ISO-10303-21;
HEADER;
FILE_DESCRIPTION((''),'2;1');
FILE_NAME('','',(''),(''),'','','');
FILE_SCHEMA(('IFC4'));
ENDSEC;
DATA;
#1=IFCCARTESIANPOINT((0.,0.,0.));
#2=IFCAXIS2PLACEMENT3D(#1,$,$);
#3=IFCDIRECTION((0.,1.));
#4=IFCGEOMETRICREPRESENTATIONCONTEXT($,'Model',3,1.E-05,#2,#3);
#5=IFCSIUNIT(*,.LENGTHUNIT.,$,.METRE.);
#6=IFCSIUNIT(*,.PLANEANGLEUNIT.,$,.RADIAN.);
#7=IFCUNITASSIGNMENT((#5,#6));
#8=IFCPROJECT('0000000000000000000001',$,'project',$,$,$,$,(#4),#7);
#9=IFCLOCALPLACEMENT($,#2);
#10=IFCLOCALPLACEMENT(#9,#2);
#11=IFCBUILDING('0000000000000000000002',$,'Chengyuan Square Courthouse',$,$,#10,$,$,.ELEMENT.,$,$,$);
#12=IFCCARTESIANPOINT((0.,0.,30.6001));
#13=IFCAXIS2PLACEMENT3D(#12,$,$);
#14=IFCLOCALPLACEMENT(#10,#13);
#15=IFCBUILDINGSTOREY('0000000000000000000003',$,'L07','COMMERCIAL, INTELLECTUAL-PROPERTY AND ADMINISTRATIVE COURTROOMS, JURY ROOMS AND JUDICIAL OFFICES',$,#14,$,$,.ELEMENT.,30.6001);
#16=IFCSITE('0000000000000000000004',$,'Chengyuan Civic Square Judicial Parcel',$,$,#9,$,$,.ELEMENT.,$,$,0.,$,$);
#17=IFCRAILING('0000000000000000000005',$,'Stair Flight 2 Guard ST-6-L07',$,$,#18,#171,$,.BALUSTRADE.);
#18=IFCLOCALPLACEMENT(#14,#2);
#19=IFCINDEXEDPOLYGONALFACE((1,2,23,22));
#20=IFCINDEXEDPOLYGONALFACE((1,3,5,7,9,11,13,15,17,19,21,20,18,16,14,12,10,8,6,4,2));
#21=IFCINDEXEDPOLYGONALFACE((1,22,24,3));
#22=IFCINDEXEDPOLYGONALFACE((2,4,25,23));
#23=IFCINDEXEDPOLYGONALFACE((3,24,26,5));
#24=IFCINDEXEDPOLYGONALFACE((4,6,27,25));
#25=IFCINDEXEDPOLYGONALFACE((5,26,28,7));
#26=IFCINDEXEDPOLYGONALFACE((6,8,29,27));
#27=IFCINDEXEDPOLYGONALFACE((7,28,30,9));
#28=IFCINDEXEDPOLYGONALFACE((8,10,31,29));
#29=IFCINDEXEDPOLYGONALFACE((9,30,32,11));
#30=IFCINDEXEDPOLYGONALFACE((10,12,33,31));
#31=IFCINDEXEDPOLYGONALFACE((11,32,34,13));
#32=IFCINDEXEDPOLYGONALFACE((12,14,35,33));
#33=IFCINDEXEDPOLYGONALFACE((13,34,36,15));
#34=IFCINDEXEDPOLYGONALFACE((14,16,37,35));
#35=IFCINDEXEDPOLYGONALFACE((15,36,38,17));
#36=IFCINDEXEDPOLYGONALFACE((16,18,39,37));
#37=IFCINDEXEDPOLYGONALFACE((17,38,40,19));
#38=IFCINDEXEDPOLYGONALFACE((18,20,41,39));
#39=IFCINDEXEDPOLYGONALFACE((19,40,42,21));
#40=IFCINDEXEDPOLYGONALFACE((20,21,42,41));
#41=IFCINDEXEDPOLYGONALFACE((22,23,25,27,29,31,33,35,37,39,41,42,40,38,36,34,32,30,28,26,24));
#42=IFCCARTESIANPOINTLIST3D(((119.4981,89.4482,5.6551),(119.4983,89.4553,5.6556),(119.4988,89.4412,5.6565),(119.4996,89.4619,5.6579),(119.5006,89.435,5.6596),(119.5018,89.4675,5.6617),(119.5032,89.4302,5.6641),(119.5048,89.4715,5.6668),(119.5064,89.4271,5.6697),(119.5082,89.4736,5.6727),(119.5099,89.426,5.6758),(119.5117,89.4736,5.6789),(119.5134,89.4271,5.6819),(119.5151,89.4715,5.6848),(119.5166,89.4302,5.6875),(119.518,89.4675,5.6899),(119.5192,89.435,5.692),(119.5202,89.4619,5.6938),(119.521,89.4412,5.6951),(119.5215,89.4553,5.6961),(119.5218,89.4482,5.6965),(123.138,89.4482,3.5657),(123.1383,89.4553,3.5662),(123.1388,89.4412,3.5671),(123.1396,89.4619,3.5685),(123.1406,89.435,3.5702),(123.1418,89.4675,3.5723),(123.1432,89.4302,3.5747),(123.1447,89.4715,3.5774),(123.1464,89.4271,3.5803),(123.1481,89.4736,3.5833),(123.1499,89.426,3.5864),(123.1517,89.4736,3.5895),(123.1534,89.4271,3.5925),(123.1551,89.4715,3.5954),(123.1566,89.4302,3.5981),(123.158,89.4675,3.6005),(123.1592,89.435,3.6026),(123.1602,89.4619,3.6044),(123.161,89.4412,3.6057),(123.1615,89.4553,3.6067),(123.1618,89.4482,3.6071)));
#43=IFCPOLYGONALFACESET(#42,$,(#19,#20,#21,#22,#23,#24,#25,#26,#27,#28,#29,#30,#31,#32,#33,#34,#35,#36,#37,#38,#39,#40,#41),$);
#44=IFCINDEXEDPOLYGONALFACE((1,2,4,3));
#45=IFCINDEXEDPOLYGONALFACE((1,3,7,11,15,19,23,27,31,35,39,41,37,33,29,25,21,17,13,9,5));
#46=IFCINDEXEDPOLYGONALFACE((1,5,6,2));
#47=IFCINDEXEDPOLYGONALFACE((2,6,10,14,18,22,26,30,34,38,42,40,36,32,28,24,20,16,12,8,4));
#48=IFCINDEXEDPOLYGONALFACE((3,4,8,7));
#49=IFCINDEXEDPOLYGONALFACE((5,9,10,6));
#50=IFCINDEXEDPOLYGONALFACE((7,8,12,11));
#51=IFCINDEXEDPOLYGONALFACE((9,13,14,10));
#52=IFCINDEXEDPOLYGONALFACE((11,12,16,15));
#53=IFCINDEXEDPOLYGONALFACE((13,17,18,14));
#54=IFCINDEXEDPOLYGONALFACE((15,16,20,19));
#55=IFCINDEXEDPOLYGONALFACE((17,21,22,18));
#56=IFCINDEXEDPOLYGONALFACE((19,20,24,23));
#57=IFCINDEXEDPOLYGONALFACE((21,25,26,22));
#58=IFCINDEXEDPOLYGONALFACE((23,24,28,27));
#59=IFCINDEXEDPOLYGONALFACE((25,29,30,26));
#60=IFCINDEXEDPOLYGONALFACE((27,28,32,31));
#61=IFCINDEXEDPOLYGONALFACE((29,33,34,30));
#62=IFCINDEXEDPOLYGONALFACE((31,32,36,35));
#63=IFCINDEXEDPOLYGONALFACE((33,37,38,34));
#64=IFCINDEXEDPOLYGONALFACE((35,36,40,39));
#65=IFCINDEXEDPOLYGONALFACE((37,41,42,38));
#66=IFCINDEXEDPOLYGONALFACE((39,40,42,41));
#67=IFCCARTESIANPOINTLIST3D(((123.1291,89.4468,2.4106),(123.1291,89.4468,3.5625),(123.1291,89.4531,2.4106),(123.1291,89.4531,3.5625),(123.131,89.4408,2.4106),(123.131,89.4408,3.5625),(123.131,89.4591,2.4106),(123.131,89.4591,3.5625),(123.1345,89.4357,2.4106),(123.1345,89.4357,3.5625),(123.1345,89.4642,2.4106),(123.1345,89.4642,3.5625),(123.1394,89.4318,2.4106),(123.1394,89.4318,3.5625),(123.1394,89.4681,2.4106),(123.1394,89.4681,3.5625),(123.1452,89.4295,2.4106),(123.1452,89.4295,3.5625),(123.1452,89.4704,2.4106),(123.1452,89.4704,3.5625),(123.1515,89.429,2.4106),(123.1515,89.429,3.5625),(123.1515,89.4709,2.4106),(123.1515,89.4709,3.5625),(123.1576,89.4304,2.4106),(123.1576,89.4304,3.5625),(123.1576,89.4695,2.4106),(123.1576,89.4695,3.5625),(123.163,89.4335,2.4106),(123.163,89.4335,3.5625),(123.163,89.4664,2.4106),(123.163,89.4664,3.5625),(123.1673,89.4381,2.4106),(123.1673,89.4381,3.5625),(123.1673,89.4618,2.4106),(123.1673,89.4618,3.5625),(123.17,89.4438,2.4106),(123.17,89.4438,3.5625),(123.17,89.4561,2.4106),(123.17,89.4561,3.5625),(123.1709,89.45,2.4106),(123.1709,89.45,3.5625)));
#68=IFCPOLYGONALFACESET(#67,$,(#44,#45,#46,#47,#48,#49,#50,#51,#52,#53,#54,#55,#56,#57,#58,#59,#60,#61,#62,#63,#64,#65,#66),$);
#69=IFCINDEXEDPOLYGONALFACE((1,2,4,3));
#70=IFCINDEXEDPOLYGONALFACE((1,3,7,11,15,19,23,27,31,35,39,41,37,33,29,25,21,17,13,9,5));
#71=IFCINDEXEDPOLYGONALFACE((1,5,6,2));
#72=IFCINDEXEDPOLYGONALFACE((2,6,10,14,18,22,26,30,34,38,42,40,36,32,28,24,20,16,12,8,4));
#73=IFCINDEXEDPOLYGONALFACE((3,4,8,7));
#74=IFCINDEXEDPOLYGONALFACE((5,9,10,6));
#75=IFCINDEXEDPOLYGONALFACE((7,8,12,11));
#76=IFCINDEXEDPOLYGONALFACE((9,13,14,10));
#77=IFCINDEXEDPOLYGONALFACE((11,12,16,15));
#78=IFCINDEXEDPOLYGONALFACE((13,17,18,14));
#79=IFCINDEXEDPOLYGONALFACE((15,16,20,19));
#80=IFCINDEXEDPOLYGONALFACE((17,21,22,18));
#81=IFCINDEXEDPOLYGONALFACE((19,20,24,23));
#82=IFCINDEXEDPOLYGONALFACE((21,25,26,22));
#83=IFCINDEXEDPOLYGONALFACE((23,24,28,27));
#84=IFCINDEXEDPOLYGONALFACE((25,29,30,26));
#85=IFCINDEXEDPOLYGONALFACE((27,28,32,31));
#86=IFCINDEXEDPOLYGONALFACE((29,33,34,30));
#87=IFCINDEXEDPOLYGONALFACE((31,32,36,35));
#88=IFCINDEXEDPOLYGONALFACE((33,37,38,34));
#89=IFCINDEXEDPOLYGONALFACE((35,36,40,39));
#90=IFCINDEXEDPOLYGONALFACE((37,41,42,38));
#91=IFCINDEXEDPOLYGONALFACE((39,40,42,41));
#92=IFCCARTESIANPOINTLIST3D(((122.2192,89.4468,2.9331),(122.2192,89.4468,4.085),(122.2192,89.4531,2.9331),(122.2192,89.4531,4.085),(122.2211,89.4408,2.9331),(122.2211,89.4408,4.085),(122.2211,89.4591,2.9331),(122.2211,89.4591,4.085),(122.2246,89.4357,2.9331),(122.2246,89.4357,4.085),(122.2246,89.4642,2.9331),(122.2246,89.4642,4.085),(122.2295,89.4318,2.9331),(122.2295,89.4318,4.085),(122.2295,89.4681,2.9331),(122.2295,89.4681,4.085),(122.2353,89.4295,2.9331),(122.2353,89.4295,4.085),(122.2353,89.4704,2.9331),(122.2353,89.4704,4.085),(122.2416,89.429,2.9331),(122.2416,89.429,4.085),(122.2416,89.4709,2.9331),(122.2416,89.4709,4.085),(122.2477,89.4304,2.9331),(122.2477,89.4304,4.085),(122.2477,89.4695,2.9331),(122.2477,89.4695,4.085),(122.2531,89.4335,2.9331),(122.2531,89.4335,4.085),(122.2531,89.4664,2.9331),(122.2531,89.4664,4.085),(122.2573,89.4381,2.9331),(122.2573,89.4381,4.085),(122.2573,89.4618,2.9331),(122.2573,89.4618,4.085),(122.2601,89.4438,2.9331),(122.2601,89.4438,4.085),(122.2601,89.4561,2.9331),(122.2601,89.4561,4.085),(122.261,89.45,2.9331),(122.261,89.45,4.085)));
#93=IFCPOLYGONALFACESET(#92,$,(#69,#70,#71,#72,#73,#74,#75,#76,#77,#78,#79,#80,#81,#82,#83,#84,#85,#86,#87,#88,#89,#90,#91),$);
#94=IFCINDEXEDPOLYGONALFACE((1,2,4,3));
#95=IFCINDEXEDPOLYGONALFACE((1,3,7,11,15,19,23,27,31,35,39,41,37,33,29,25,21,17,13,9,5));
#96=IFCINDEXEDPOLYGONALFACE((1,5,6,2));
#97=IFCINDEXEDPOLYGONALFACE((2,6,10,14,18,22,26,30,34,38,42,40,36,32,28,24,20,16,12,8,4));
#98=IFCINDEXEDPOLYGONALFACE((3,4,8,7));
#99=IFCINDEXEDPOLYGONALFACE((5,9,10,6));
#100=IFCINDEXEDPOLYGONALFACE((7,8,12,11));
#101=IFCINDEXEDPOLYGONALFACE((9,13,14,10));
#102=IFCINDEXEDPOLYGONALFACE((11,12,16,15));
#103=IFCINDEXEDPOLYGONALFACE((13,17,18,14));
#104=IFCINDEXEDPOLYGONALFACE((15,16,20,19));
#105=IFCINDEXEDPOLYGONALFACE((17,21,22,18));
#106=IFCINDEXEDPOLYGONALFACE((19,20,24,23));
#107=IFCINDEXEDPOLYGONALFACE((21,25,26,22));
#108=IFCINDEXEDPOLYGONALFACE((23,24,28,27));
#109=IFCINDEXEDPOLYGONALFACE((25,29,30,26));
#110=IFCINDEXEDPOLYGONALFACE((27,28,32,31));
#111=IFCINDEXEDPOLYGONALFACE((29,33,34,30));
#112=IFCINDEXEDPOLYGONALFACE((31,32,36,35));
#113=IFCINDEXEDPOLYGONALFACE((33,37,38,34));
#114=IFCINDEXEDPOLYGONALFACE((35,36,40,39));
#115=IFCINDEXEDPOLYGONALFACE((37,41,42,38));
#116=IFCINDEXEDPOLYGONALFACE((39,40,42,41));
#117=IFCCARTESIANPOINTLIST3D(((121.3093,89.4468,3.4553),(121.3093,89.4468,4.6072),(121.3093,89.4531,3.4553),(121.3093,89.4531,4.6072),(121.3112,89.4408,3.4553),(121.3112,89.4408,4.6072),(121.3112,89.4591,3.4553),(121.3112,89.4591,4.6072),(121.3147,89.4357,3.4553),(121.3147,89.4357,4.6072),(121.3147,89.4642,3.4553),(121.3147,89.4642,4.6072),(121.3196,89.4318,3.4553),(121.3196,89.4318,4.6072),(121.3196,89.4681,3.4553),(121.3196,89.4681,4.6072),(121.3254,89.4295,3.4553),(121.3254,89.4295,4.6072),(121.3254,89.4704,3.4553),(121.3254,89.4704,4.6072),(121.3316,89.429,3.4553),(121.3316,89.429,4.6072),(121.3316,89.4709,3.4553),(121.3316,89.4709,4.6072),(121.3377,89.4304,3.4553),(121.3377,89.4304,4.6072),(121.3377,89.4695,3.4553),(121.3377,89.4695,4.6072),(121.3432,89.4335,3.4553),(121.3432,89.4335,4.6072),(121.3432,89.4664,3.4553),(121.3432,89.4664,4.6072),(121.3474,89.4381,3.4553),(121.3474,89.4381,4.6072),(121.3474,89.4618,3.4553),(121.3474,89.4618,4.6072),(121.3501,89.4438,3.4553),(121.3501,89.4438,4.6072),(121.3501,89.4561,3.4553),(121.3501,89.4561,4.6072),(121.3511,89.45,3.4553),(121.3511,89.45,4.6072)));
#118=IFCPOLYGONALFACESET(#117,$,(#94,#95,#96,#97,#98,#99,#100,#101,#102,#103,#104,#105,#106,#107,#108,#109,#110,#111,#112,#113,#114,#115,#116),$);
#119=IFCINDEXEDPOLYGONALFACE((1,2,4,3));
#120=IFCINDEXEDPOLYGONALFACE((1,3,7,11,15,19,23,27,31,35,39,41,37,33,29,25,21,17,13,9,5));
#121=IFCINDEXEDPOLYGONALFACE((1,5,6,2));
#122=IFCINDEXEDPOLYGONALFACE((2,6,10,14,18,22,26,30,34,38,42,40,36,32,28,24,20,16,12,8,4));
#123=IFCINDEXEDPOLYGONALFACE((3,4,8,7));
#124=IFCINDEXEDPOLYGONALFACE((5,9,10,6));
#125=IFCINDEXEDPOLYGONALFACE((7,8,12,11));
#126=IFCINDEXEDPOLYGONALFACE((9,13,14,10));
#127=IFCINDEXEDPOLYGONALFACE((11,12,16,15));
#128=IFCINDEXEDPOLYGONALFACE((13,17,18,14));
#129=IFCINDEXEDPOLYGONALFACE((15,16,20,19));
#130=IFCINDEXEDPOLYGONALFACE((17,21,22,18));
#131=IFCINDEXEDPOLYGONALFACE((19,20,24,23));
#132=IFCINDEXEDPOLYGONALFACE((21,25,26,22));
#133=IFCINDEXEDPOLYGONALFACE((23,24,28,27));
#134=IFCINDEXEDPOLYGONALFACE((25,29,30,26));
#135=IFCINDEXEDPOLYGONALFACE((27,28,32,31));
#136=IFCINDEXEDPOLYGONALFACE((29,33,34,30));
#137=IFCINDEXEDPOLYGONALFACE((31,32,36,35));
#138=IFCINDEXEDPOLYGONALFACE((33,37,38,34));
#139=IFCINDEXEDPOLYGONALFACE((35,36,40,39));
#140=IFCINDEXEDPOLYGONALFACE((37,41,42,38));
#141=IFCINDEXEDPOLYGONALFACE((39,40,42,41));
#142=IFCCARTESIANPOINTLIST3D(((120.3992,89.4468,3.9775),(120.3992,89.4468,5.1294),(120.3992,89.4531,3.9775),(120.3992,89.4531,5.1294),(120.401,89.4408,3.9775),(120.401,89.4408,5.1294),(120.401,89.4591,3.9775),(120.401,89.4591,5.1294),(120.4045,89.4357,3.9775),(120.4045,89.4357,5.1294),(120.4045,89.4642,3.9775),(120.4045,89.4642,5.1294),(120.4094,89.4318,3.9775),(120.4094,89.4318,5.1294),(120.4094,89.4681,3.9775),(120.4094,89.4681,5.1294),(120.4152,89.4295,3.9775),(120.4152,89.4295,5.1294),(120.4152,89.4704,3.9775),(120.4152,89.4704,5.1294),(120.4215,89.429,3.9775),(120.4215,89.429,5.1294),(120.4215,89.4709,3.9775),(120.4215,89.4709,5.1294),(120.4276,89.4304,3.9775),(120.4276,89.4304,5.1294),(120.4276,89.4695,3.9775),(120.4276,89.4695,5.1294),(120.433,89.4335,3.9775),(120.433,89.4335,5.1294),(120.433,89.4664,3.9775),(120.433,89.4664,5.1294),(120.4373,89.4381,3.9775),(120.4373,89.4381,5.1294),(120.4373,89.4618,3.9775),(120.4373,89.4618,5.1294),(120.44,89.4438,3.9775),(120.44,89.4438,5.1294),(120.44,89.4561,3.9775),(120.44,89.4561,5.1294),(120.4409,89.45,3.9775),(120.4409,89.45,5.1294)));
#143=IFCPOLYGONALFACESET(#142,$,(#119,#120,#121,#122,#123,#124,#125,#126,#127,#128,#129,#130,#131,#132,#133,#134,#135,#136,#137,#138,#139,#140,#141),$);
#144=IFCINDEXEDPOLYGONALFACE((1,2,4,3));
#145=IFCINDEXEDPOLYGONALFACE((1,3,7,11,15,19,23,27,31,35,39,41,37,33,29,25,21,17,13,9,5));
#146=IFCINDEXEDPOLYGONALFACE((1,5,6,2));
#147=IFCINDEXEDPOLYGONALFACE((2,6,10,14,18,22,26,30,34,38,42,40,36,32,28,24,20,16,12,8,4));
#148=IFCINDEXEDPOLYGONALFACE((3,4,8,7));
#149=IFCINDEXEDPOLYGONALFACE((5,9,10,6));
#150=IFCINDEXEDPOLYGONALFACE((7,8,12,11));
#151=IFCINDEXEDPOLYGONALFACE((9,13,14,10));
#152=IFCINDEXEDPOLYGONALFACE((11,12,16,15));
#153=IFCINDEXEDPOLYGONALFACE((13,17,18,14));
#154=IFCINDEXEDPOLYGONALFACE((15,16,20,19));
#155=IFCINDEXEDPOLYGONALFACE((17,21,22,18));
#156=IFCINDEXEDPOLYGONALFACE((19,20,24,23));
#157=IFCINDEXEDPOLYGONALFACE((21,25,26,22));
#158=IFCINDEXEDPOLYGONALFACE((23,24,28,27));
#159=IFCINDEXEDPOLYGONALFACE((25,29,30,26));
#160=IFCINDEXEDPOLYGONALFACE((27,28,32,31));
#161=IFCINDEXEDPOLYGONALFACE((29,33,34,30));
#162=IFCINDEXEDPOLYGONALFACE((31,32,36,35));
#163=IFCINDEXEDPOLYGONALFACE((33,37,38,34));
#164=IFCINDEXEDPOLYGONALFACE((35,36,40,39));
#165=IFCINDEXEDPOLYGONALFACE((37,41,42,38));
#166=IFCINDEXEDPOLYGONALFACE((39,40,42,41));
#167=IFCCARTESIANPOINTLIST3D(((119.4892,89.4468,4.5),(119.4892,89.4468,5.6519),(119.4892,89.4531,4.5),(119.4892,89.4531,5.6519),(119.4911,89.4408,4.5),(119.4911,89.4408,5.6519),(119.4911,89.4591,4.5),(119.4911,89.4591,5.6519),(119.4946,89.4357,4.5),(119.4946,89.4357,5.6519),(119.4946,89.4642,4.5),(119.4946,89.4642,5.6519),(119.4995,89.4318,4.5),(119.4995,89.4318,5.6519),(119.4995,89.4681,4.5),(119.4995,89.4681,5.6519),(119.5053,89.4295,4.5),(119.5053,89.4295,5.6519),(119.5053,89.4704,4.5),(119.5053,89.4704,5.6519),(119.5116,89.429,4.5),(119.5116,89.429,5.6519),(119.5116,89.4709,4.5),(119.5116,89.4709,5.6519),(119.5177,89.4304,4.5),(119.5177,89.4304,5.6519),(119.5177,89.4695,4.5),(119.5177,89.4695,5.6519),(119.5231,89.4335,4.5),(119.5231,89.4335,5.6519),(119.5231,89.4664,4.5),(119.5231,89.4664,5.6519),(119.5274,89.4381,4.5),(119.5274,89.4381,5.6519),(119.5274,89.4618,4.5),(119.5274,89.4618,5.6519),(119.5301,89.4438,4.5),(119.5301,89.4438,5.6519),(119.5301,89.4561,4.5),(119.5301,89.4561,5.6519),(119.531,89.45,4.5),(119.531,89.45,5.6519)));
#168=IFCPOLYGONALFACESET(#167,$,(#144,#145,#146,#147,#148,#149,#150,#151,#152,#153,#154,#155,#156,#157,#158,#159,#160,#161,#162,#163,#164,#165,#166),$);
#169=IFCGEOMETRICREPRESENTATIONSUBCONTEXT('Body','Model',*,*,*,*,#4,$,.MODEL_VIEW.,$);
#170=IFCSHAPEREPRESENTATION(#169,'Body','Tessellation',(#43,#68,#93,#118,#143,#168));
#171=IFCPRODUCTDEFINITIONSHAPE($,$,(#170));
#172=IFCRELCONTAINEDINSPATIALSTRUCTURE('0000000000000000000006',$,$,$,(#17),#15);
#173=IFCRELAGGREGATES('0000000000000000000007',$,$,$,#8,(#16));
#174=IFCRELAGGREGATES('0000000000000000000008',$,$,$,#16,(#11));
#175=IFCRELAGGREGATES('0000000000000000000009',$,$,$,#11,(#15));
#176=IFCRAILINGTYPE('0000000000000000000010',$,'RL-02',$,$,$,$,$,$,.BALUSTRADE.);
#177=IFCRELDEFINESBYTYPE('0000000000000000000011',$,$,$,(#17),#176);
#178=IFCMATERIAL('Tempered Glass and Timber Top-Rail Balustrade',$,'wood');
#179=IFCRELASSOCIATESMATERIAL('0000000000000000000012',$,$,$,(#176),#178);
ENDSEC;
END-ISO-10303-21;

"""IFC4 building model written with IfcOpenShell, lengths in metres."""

from ifc_helpers import new_model, si_unit, direction, frame, origin, origin_2d, place, context, subcontext, project, spatial, circle, extrude, material, type_object, element, save


model = new_model("IFC4")

# Units and contexts
model_context = context("Model", 3, precision=1e-05, world=origin(), true_north=direction((0.0, 1.0)))
body_context = subcontext(model_context, "Body", "Model", "MODEL_VIEW")
ifc_project = project(units=[si_unit("LENGTHUNIT", "METRE"), si_unit("PLANEANGLEUNIT", "RADIAN")], contexts=[model_context])

# Site, building, storey
site_placement = place(None, origin())
site = spatial("IfcSite", under=ifc_project, at=site_placement, Name="Chengyuan Civic Square Judicial Parcel", CompositionType="ELEMENT", RefElevation=0.0)
building_placement = place(site_placement, origin())
building = spatial("IfcBuilding", under=site, at=building_placement, Name="Chengyuan Square Courthouse", CompositionType="ELEMENT")
storey_placement = place(building_placement, frame((0.0, 0.0, 30.6001)))
storey = spatial("IfcBuildingStorey", under=building, at=storey_placement, Name="L07", Description="COMMERCIAL, INTELLECTUAL-PROPERTY AND ADMINISTRATIVE COURTROOMS, JURY ROOMS AND JUDICIAL OFFICES", CompositionType="ELEMENT", Elevation=30.6001)

# Railing
ifc_material_1 = material(Name="Tempered Glass and Timber Top-Rail Balustrade", Category="wood")
railing_type_1 = type_object("IfcRailingType", Name="RL-02", PredefinedType="BALUSTRADE", material=ifc_material_1)
railing_1_placement = place(storey_placement, frame((123.1499, 89.45, 2.4106)))
element("IfcRailing", 1, at=railing_1_placement, inside=storey, type_object=railing_type_1, Name="Stair Flight 2 Guard ST-6-L07", PredefinedType="BALUSTRADE", context=body_context, shape_type="SweptSolid", body=[
    extrude(circle(Radius=0.0239, at=origin_2d()), frame((0.0, 0.0, 1.1758), z_axis=(-0.867275, 0.0, 0.497829), x_axis=(0.0, -1.0, 0.0)), (0.0, 0.0, 1.0), 4.197),
    extrude(circle(Radius=0.021, at=origin_2d()), origin(), (0.0, 0.0, 1.0), 1.1519),
    extrude(circle(Radius=0.021, at=origin_2d()), frame((-0.9099, 0.0, 0.5225)), (0.0, 0.0, 1.0), 1.1519),
    extrude(circle(Radius=0.021, at=origin_2d()), frame((-1.8198, 0.0, 1.0447)), (0.0, 0.0, 1.0), 1.1519),
    extrude(circle(Radius=0.021, at=origin_2d()), frame((-2.73, 0.0, 1.5669)), (0.0, 0.0, 1.0), 1.1519),
    extrude(circle(Radius=0.021, at=origin_2d()), frame((-3.6399, 0.0, 2.0894)), (0.0, 0.0, 1.0), 1.1519),
])

save(model, "model.ifc")
